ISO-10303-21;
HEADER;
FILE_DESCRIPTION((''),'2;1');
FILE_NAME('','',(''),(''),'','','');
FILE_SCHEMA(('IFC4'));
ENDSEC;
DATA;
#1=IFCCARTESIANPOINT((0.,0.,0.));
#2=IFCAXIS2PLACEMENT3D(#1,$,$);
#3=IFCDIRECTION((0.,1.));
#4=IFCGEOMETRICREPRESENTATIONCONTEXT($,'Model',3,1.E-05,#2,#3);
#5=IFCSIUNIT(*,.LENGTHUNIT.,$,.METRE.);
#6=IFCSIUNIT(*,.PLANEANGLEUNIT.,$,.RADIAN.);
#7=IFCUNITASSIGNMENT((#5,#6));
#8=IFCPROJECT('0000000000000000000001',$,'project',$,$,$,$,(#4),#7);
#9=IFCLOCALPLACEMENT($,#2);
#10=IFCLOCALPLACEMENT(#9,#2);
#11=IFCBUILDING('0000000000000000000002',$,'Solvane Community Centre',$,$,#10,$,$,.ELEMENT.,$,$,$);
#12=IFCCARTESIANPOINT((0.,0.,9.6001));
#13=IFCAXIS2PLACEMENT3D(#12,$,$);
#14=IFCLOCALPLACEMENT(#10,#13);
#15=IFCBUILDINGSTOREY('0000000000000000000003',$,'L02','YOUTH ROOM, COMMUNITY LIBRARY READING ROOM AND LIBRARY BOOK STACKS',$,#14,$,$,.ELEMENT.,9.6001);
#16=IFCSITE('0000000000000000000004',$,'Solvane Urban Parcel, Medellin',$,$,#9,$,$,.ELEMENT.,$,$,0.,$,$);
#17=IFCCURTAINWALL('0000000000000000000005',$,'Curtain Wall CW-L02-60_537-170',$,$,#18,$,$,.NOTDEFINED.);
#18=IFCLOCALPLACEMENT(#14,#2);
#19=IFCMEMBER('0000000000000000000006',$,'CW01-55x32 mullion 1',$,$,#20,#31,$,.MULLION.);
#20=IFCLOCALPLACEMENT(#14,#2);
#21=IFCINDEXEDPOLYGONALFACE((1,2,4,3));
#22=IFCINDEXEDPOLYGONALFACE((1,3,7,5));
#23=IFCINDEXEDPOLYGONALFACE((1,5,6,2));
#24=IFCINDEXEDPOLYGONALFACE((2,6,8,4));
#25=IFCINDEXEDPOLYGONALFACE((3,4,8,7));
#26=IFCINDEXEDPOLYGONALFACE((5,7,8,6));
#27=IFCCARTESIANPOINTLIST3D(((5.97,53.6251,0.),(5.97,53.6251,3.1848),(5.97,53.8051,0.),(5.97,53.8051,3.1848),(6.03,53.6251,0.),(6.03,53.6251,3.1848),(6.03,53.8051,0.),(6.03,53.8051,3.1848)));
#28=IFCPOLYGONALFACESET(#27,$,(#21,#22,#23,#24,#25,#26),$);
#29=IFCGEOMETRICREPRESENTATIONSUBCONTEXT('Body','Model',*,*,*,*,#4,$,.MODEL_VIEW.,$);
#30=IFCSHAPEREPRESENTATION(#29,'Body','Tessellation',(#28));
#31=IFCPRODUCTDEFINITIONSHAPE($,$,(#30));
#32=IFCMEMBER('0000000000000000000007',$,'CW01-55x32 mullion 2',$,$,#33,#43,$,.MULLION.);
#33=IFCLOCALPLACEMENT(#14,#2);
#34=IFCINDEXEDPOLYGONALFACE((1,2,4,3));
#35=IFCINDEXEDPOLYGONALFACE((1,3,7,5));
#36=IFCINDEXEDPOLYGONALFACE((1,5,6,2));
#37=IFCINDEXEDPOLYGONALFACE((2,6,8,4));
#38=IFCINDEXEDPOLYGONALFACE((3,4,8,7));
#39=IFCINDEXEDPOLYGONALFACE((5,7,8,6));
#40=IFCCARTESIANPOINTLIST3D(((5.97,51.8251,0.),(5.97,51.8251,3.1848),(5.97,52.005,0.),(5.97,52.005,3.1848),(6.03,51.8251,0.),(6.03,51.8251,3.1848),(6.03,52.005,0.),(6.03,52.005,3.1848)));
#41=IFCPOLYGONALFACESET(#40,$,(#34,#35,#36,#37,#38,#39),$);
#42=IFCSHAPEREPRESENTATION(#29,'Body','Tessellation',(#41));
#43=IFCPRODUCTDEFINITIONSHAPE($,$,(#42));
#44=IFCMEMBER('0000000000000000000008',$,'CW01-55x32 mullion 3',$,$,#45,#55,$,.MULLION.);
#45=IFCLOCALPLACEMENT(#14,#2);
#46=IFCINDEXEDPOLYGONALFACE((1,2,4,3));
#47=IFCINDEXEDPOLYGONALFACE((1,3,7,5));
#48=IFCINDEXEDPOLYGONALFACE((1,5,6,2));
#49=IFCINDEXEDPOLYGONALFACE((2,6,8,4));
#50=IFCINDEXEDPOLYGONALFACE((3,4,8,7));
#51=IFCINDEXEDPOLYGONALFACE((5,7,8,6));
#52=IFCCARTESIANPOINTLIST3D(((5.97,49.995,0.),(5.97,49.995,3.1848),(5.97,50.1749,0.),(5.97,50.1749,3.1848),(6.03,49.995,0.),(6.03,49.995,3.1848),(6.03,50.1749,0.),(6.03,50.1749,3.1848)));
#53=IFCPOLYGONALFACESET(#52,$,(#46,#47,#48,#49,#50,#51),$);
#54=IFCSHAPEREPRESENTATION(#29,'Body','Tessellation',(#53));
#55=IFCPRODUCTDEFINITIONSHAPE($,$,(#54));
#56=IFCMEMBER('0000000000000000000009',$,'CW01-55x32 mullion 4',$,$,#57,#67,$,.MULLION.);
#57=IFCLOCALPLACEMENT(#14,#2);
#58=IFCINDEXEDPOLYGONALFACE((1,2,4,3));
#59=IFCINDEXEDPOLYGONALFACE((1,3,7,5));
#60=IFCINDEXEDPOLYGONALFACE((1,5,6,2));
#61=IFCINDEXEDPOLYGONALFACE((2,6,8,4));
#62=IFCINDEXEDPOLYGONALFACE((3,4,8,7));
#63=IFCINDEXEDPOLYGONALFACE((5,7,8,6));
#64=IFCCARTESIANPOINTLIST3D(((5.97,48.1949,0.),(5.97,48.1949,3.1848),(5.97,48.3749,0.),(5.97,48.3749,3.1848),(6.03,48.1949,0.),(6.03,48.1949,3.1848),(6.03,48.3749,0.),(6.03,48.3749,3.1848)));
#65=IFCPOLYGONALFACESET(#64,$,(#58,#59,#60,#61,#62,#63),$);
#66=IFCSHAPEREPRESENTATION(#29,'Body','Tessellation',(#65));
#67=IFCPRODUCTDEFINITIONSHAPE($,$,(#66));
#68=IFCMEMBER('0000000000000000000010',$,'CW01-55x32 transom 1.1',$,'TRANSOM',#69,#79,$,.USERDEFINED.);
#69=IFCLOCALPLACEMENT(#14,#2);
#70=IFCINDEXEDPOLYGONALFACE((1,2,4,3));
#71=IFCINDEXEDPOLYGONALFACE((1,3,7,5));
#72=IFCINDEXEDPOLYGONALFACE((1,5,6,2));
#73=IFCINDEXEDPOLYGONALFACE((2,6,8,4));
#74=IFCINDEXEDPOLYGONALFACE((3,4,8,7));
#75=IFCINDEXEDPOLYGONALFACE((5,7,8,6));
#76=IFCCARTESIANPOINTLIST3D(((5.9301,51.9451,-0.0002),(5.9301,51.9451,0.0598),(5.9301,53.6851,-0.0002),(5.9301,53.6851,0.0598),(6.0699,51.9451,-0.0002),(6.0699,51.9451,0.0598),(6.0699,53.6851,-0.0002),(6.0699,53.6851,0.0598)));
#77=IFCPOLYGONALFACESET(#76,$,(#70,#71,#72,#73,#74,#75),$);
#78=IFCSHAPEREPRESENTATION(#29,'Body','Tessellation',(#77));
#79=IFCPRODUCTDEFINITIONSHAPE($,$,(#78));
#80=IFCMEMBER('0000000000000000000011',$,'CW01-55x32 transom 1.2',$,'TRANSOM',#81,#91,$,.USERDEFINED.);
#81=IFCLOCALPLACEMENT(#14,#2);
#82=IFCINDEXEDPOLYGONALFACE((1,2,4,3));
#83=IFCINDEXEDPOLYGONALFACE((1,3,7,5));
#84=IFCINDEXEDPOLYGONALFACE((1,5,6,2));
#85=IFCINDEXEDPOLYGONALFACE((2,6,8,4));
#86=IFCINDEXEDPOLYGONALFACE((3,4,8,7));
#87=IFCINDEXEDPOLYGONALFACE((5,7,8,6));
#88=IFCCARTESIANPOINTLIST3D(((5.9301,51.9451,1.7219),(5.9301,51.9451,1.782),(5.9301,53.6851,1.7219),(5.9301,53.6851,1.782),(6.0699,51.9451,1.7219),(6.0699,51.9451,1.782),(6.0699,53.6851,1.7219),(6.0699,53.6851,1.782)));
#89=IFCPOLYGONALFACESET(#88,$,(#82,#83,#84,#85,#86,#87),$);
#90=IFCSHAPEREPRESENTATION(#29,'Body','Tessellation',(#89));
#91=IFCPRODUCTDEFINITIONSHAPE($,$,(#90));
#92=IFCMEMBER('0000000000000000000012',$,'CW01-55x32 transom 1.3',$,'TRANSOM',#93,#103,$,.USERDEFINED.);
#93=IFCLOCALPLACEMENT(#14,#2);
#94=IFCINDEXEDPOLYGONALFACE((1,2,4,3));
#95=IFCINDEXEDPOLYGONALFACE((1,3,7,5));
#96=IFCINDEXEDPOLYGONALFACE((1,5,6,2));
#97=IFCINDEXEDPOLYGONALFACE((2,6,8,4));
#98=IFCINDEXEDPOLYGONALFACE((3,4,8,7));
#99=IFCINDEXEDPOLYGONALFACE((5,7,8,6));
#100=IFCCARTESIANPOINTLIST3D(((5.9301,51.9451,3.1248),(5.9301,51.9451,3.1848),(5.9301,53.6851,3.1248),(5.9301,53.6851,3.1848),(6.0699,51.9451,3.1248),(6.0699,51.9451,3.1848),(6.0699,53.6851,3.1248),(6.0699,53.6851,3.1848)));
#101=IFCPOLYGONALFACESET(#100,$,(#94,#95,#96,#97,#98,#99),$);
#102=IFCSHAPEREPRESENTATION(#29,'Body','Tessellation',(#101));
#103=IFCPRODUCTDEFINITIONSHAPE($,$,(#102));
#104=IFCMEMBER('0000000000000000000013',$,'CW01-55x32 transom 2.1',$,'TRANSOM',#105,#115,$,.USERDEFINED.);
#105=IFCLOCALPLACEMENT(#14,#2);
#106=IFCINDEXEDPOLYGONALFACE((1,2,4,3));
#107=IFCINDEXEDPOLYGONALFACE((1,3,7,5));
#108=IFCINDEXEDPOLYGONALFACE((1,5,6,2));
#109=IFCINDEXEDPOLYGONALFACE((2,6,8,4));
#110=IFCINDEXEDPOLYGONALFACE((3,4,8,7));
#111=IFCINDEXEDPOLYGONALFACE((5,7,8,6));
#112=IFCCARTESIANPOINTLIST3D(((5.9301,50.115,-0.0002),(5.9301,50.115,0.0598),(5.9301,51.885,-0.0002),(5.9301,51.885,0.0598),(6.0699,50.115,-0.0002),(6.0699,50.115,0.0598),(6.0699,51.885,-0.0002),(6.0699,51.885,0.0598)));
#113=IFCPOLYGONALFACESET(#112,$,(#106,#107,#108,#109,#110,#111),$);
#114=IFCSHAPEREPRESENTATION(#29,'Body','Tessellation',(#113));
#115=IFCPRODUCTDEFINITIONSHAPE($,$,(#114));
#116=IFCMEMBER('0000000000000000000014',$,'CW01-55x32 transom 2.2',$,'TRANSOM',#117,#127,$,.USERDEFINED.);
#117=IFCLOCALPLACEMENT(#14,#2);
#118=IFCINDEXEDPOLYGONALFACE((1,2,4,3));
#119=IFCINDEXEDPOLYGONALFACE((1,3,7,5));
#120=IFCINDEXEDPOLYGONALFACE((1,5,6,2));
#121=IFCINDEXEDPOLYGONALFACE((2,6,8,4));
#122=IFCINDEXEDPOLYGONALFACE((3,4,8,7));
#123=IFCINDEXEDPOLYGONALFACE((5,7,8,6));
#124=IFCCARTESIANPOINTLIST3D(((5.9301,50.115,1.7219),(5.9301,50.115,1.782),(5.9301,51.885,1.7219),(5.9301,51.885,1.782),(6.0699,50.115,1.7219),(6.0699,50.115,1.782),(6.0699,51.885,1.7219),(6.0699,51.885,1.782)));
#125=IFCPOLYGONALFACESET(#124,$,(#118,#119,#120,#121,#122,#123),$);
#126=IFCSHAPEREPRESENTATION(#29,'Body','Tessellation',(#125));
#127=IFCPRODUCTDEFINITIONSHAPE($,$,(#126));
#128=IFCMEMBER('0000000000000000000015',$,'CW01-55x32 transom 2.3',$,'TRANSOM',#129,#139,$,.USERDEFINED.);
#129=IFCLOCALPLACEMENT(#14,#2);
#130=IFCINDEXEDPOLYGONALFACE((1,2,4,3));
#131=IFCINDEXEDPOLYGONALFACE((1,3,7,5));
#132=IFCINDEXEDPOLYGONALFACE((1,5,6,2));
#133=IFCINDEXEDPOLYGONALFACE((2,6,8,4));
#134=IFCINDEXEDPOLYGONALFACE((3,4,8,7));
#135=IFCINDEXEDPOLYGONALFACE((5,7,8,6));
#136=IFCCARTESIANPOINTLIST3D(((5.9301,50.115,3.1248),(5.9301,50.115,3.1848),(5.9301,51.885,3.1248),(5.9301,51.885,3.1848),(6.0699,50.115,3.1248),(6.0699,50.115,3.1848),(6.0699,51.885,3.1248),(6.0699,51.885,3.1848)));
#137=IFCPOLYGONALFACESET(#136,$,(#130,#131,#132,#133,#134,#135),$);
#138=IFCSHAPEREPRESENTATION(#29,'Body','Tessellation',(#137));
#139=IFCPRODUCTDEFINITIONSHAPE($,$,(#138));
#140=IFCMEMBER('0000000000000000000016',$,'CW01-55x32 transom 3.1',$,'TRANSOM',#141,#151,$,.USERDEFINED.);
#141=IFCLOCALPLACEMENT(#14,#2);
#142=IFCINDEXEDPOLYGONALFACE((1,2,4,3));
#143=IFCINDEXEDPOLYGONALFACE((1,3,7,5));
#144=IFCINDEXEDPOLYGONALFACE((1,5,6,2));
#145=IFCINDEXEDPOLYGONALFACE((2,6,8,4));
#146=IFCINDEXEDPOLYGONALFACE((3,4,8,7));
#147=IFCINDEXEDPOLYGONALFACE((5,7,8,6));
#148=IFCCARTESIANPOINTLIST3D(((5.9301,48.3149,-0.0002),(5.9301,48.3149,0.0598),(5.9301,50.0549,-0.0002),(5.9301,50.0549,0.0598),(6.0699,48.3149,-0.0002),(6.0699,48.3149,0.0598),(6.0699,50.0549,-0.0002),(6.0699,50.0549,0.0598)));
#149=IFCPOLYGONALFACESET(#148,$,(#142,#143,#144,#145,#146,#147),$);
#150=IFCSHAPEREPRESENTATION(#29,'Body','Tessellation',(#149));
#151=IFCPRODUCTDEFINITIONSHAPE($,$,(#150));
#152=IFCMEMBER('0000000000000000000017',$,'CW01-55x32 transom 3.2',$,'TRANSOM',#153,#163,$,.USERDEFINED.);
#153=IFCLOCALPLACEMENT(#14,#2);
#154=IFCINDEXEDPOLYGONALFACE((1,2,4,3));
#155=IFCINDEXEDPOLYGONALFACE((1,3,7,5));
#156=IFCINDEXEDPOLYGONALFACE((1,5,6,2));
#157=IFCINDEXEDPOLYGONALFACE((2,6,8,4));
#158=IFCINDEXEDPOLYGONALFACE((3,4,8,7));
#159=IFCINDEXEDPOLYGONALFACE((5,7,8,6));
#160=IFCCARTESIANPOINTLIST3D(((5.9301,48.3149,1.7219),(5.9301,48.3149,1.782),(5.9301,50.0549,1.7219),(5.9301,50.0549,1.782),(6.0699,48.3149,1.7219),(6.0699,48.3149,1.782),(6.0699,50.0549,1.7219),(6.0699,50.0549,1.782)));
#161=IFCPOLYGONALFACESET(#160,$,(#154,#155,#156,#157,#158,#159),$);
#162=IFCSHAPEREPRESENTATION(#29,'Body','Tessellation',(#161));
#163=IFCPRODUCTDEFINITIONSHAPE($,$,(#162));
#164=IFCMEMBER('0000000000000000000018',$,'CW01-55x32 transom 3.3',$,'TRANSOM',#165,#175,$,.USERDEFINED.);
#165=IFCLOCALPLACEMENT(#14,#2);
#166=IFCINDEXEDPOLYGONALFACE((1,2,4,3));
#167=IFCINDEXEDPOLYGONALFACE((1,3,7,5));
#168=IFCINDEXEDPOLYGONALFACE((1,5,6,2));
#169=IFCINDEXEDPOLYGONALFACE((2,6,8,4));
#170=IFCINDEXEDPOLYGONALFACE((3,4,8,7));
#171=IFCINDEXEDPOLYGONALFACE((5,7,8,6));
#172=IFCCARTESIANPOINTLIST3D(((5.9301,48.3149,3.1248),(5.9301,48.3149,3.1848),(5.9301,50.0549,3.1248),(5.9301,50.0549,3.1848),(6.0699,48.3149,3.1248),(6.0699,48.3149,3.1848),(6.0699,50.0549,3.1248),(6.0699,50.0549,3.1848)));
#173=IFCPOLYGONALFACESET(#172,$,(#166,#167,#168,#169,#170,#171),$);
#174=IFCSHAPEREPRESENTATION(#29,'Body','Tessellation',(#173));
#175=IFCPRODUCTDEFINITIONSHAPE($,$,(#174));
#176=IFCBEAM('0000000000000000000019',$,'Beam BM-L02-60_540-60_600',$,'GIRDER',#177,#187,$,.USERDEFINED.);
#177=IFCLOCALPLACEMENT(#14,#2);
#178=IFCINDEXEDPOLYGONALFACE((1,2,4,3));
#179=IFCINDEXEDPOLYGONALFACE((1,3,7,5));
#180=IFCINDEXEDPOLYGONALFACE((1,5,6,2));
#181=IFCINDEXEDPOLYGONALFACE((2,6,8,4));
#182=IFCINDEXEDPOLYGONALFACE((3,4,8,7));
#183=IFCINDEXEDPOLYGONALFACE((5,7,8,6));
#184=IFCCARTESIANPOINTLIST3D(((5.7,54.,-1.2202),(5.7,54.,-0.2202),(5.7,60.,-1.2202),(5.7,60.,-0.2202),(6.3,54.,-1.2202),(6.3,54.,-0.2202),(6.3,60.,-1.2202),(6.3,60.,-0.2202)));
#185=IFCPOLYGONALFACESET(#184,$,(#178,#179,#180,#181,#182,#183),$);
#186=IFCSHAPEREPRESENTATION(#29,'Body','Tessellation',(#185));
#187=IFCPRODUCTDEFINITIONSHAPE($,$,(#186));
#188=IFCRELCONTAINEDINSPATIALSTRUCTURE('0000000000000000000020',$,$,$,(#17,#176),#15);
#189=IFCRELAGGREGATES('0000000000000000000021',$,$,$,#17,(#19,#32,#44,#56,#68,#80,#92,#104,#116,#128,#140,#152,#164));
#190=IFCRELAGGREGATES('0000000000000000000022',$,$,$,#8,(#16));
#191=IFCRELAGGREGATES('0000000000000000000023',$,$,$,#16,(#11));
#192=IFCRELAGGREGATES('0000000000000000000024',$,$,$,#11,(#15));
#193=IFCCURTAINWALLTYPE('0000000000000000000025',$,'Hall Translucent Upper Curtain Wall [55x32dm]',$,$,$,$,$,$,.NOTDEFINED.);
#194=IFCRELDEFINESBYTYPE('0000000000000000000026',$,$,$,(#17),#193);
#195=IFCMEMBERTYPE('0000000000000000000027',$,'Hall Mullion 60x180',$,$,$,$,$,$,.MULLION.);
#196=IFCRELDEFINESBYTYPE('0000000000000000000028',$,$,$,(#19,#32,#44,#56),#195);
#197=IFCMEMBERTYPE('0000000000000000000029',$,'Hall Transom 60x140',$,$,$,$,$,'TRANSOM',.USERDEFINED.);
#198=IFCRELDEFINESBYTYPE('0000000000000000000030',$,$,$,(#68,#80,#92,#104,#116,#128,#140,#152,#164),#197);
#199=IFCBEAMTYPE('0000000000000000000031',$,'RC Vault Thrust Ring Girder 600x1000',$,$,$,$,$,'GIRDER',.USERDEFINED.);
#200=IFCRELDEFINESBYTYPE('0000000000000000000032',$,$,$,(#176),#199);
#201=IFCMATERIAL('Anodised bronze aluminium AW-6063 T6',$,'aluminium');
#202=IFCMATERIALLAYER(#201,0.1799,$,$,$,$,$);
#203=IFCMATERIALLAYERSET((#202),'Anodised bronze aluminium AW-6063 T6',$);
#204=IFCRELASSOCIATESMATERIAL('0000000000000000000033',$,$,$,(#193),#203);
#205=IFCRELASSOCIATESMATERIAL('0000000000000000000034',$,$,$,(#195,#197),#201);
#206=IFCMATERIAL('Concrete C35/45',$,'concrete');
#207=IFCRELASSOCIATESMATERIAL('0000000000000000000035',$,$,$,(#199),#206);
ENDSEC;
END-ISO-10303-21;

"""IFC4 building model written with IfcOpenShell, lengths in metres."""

from ifc_helpers import new_model, si_unit, direction, frame, origin, origin_2d, place, context, subcontext, project, spatial, rectangle, extrude, material, layer, layer_set, material_profile, profile_set, type_object, element, aggregate, save


model = new_model("IFC4")

# Units and contexts
model_context = context("Model", 3, precision=1e-05, world=origin(), true_north=direction((0.0, 1.0)))
body_context = subcontext(model_context, "Body", "Model", "MODEL_VIEW")
ifc_project = project(units=[si_unit("LENGTHUNIT", "METRE"), si_unit("PLANEANGLEUNIT", "RADIAN")], contexts=[model_context])

# Site, building, storey
site_placement = place(None, origin())
site = spatial("IfcSite", under=ifc_project, at=site_placement, Name="Solvane Urban Parcel, Medellin", CompositionType="ELEMENT", RefElevation=0.0)
building_placement = place(site_placement, origin())
building = spatial("IfcBuilding", under=site, at=building_placement, Name="Solvane Community Centre", CompositionType="ELEMENT")
storey_placement = place(building_placement, frame((0.0, 0.0, 9.6001)))
storey = spatial("IfcBuildingStorey", under=building, at=storey_placement, Name="L02", Description="YOUTH ROOM, COMMUNITY LIBRARY READING ROOM AND LIBRARY BOOK STACKS", CompositionType="ELEMENT", Elevation=9.6001)

# Curtain wall, members
ifc_material_1 = material(Name="Anodised bronze aluminium AW-6063 T6", Category="aluminium")
ifc_layer_1 = layer(ifc_material_1, 0.1799)
ifc_layer_set_1 = layer_set([ifc_layer_1], Name="Anodised bronze aluminium AW-6063 T6")
curtain_wall_type = type_object("IfcCurtainWallType", Name="Hall Translucent Upper Curtain Wall [55x32dm]", PredefinedType="NOTDEFINED", material=ifc_layer_set_1)
curtain_wall_placement = place(storey_placement, origin())
curtain_wall = element("IfcCurtainWall", 1, at=curtain_wall_placement, inside=storey, type_object=curtain_wall_type, Name="Curtain Wall CW-L02-60_537-170", PredefinedType="NOTDEFINED")
ifc_material_profile_1 = material_profile(ifc_material_1, rectangle(XDim=0.0601, YDim=0.1799, at=origin_2d()), Name="CW-M 60x180")
ifc_profile_set_1 = profile_set([ifc_material_profile_1], Name="Anodised bronze aluminium AW-6063 T6")
member_type_1 = type_object("IfcMemberType", Name="Hall Mullion 60x180", PredefinedType="MULLION", material=ifc_profile_set_1)
member_1_placement = place(storey_placement, frame((6.0, 53.7151, 0.0), z_axis=(0.0, 0.0, 1.0), x_axis=(1.0, 0.0, 0.0)))
member_1 = element("IfcMember", 2, at=member_1_placement, type_object=member_type_1, Name="CW01-55x32 mullion 1", PredefinedType="MULLION", context=body_context, shape_type="SweptSolid", body=[
    extrude(rectangle(XDim=0.0601, YDim=0.1799, at=origin_2d()), origin(), (0.0, 0.0, 1.0), 3.1848),
])
member_2_placement = place(storey_placement, frame((6.0, 51.915, 0.0), z_axis=(0.0, 0.0, 1.0), x_axis=(1.0, 0.0, 0.0)))
member_2 = element("IfcMember", 3, at=member_2_placement, type_object=member_type_1, Name="CW01-55x32 mullion 2", PredefinedType="MULLION", context=body_context, shape_type="SweptSolid", body=[
    extrude(rectangle(XDim=0.0601, YDim=0.1799, at=origin_2d()), origin(), (0.0, 0.0, 1.0), 3.1848),
])
member_3_placement = place(storey_placement, frame((6.0, 50.085, 0.0), z_axis=(0.0, 0.0, 1.0), x_axis=(1.0, 0.0, 0.0)))
member_3 = element("IfcMember", 4, at=member_3_placement, type_object=member_type_1, Name="CW01-55x32 mullion 3", PredefinedType="MULLION", context=body_context, shape_type="SweptSolid", body=[
    extrude(rectangle(XDim=0.0601, YDim=0.1799, at=origin_2d()), origin(), (0.0, 0.0, 1.0), 3.1848),
])
member_4_placement = place(storey_placement, frame((6.0, 48.2849, 0.0), z_axis=(0.0, 0.0, 1.0), x_axis=(1.0, 0.0, 0.0)))
member_4 = element("IfcMember", 5, at=member_4_placement, type_object=member_type_1, Name="CW01-55x32 mullion 4", PredefinedType="MULLION", context=body_context, shape_type="SweptSolid", body=[
    extrude(rectangle(XDim=0.0601, YDim=0.1799, at=origin_2d()), origin(), (0.0, 0.0, 1.0), 3.1848),
])
ifc_material_profile_2 = material_profile(ifc_material_1, rectangle(XDim=0.1399, YDim=0.0601, at=origin_2d()), Name="CW-T 60x140")
ifc_profile_set_2 = profile_set([ifc_material_profile_2], Name="Anodised bronze aluminium AW-6063 T6")
member_type_2 = type_object("IfcMemberType", Name="Hall Transom 60x140", ElementType="TRANSOM", PredefinedType="USERDEFINED", material=ifc_profile_set_2)
member_5_placement = place(storey_placement, frame((6.0, 53.6851, 0.0298), z_axis=(0.0, -1.0, 0.0), x_axis=(1.0, 0.0, 0.0)))
member_5 = element("IfcMember", 6, at=member_5_placement, type_object=member_type_2, Name="CW01-55x32 transom 1.1", ObjectType="TRANSOM", PredefinedType="USERDEFINED", context=body_context, shape_type="SweptSolid", body=[
    extrude(rectangle(XDim=0.1399, YDim=0.0601, at=origin_2d()), origin(), (0.0, 0.0, 1.0), 1.74),
])
member_6_placement = place(storey_placement, frame((6.0, 53.6851, 1.752), z_axis=(0.0, -1.0, 0.0), x_axis=(1.0, 0.0, 0.0)))
member_6 = element("IfcMember", 7, at=member_6_placement, type_object=member_type_2, Name="CW01-55x32 transom 1.2", ObjectType="TRANSOM", PredefinedType="USERDEFINED", context=body_context, shape_type="SweptSolid", body=[
    extrude(rectangle(XDim=0.1399, YDim=0.0601, at=origin_2d()), origin(), (0.0, 0.0, 1.0), 1.74),
])
member_7_placement = place(storey_placement, frame((6.0, 53.6851, 3.1548), z_axis=(0.0, -1.0, 0.0), x_axis=(1.0, 0.0, 0.0)))
member_7 = element("IfcMember", 8, at=member_7_placement, type_object=member_type_2, Name="CW01-55x32 transom 1.3", ObjectType="TRANSOM", PredefinedType="USERDEFINED", context=body_context, shape_type="SweptSolid", body=[
    extrude(rectangle(XDim=0.1399, YDim=0.0601, at=origin_2d()), origin(), (0.0, 0.0, 1.0), 1.74),
])
member_8_placement = place(storey_placement, frame((6.0, 51.885, 0.0298), z_axis=(0.0, -1.0, 0.0), x_axis=(1.0, 0.0, 0.0)))
member_8 = element("IfcMember", 9, at=member_8_placement, type_object=member_type_2, Name="CW01-55x32 transom 2.1", ObjectType="TRANSOM", PredefinedType="USERDEFINED", context=body_context, shape_type="SweptSolid", body=[
    extrude(rectangle(XDim=0.1399, YDim=0.0601, at=origin_2d()), origin(), (0.0, 0.0, 1.0), 1.77),
])
member_9_placement = place(storey_placement, frame((6.0, 51.885, 1.752), z_axis=(0.0, -1.0, 0.0), x_axis=(1.0, 0.0, 0.0)))
member_9 = element("IfcMember", 10, at=member_9_placement, type_object=member_type_2, Name="CW01-55x32 transom 2.2", ObjectType="TRANSOM", PredefinedType="USERDEFINED", context=body_context, shape_type="SweptSolid", body=[
    extrude(rectangle(XDim=0.1399, YDim=0.0601, at=origin_2d()), origin(), (0.0, 0.0, 1.0), 1.77),
])
member_10_placement = place(storey_placement, frame((6.0, 51.885, 3.1548), z_axis=(0.0, -1.0, 0.0), x_axis=(1.0, 0.0, 0.0)))
member_10 = element("IfcMember", 11, at=member_10_placement, type_object=member_type_2, Name="CW01-55x32 transom 2.3", ObjectType="TRANSOM", PredefinedType="USERDEFINED", context=body_context, shape_type="SweptSolid", body=[
    extrude(rectangle(XDim=0.1399, YDim=0.0601, at=origin_2d()), origin(), (0.0, 0.0, 1.0), 1.77),
])
member_11_placement = place(storey_placement, frame((6.0, 50.0549, 0.0298), z_axis=(0.0, -1.0, 0.0), x_axis=(1.0, 0.0, 0.0)))
member_11 = element("IfcMember", 12, at=member_11_placement, type_object=member_type_2, Name="CW01-55x32 transom 3.1", ObjectType="TRANSOM", PredefinedType="USERDEFINED", context=body_context, shape_type="SweptSolid", body=[
    extrude(rectangle(XDim=0.1399, YDim=0.0601, at=origin_2d()), origin(), (0.0, 0.0, 1.0), 1.74),
])
member_12_placement = place(storey_placement, frame((6.0, 50.0549, 1.752), z_axis=(0.0, -1.0, 0.0), x_axis=(1.0, 0.0, 0.0)))
member_12 = element("IfcMember", 13, at=member_12_placement, type_object=member_type_2, Name="CW01-55x32 transom 3.2", ObjectType="TRANSOM", PredefinedType="USERDEFINED", context=body_context, shape_type="SweptSolid", body=[
    extrude(rectangle(XDim=0.1399, YDim=0.0601, at=origin_2d()), origin(), (0.0, 0.0, 1.0), 1.74),
])
member_13_placement = place(storey_placement, frame((6.0, 50.0549, 3.1548), z_axis=(0.0, -1.0, 0.0), x_axis=(1.0, 0.0, 0.0)))
member_13 = element("IfcMember", 14, at=member_13_placement, type_object=member_type_2, Name="CW01-55x32 transom 3.3", ObjectType="TRANSOM", PredefinedType="USERDEFINED", context=body_context, shape_type="SweptSolid", body=[
    extrude(rectangle(XDim=0.1399, YDim=0.0601, at=origin_2d()), origin(), (0.0, 0.0, 1.0), 1.74),
])

# Beam
ifc_material_2 = material(Name="Concrete C35/45", Category="concrete")
ifc_material_profile_3 = material_profile(ifc_material_2, rectangle(XDim=0.6001, YDim=1.0, at=origin_2d()), Name="RC 600x1000")
ifc_profile_set_3 = profile_set([ifc_material_profile_3], Name="Concrete C35/45")
beam_type = type_object("IfcBeamType", Name="RC Vault Thrust Ring Girder 600x1000", ElementType="GIRDER", PredefinedType="USERDEFINED", material=ifc_profile_set_3)
beam_placement = place(storey_placement, frame((6.0, 54.0, -0.7202), z_axis=(0.0, 1.0, 0.0), x_axis=(-1.0, 0.0, 0.0)))
element("IfcBeam", 15, at=beam_placement, inside=storey, type_object=beam_type, Name="Beam BM-L02-60_540-60_600", ObjectType="GIRDER", PredefinedType="USERDEFINED", context=body_context, shape_type="SweptSolid", body=[
    extrude(rectangle(XDim=0.6001, YDim=1.0, at=origin_2d()), origin(), (0.0, 0.0, 1.0), 6.0),
])

aggregate(curtain_wall, [member_1, member_2, member_3, member_4, member_5, member_6, member_7, member_8, member_9, member_10, member_11, member_12, member_13])

save(model, "model.ifc")
